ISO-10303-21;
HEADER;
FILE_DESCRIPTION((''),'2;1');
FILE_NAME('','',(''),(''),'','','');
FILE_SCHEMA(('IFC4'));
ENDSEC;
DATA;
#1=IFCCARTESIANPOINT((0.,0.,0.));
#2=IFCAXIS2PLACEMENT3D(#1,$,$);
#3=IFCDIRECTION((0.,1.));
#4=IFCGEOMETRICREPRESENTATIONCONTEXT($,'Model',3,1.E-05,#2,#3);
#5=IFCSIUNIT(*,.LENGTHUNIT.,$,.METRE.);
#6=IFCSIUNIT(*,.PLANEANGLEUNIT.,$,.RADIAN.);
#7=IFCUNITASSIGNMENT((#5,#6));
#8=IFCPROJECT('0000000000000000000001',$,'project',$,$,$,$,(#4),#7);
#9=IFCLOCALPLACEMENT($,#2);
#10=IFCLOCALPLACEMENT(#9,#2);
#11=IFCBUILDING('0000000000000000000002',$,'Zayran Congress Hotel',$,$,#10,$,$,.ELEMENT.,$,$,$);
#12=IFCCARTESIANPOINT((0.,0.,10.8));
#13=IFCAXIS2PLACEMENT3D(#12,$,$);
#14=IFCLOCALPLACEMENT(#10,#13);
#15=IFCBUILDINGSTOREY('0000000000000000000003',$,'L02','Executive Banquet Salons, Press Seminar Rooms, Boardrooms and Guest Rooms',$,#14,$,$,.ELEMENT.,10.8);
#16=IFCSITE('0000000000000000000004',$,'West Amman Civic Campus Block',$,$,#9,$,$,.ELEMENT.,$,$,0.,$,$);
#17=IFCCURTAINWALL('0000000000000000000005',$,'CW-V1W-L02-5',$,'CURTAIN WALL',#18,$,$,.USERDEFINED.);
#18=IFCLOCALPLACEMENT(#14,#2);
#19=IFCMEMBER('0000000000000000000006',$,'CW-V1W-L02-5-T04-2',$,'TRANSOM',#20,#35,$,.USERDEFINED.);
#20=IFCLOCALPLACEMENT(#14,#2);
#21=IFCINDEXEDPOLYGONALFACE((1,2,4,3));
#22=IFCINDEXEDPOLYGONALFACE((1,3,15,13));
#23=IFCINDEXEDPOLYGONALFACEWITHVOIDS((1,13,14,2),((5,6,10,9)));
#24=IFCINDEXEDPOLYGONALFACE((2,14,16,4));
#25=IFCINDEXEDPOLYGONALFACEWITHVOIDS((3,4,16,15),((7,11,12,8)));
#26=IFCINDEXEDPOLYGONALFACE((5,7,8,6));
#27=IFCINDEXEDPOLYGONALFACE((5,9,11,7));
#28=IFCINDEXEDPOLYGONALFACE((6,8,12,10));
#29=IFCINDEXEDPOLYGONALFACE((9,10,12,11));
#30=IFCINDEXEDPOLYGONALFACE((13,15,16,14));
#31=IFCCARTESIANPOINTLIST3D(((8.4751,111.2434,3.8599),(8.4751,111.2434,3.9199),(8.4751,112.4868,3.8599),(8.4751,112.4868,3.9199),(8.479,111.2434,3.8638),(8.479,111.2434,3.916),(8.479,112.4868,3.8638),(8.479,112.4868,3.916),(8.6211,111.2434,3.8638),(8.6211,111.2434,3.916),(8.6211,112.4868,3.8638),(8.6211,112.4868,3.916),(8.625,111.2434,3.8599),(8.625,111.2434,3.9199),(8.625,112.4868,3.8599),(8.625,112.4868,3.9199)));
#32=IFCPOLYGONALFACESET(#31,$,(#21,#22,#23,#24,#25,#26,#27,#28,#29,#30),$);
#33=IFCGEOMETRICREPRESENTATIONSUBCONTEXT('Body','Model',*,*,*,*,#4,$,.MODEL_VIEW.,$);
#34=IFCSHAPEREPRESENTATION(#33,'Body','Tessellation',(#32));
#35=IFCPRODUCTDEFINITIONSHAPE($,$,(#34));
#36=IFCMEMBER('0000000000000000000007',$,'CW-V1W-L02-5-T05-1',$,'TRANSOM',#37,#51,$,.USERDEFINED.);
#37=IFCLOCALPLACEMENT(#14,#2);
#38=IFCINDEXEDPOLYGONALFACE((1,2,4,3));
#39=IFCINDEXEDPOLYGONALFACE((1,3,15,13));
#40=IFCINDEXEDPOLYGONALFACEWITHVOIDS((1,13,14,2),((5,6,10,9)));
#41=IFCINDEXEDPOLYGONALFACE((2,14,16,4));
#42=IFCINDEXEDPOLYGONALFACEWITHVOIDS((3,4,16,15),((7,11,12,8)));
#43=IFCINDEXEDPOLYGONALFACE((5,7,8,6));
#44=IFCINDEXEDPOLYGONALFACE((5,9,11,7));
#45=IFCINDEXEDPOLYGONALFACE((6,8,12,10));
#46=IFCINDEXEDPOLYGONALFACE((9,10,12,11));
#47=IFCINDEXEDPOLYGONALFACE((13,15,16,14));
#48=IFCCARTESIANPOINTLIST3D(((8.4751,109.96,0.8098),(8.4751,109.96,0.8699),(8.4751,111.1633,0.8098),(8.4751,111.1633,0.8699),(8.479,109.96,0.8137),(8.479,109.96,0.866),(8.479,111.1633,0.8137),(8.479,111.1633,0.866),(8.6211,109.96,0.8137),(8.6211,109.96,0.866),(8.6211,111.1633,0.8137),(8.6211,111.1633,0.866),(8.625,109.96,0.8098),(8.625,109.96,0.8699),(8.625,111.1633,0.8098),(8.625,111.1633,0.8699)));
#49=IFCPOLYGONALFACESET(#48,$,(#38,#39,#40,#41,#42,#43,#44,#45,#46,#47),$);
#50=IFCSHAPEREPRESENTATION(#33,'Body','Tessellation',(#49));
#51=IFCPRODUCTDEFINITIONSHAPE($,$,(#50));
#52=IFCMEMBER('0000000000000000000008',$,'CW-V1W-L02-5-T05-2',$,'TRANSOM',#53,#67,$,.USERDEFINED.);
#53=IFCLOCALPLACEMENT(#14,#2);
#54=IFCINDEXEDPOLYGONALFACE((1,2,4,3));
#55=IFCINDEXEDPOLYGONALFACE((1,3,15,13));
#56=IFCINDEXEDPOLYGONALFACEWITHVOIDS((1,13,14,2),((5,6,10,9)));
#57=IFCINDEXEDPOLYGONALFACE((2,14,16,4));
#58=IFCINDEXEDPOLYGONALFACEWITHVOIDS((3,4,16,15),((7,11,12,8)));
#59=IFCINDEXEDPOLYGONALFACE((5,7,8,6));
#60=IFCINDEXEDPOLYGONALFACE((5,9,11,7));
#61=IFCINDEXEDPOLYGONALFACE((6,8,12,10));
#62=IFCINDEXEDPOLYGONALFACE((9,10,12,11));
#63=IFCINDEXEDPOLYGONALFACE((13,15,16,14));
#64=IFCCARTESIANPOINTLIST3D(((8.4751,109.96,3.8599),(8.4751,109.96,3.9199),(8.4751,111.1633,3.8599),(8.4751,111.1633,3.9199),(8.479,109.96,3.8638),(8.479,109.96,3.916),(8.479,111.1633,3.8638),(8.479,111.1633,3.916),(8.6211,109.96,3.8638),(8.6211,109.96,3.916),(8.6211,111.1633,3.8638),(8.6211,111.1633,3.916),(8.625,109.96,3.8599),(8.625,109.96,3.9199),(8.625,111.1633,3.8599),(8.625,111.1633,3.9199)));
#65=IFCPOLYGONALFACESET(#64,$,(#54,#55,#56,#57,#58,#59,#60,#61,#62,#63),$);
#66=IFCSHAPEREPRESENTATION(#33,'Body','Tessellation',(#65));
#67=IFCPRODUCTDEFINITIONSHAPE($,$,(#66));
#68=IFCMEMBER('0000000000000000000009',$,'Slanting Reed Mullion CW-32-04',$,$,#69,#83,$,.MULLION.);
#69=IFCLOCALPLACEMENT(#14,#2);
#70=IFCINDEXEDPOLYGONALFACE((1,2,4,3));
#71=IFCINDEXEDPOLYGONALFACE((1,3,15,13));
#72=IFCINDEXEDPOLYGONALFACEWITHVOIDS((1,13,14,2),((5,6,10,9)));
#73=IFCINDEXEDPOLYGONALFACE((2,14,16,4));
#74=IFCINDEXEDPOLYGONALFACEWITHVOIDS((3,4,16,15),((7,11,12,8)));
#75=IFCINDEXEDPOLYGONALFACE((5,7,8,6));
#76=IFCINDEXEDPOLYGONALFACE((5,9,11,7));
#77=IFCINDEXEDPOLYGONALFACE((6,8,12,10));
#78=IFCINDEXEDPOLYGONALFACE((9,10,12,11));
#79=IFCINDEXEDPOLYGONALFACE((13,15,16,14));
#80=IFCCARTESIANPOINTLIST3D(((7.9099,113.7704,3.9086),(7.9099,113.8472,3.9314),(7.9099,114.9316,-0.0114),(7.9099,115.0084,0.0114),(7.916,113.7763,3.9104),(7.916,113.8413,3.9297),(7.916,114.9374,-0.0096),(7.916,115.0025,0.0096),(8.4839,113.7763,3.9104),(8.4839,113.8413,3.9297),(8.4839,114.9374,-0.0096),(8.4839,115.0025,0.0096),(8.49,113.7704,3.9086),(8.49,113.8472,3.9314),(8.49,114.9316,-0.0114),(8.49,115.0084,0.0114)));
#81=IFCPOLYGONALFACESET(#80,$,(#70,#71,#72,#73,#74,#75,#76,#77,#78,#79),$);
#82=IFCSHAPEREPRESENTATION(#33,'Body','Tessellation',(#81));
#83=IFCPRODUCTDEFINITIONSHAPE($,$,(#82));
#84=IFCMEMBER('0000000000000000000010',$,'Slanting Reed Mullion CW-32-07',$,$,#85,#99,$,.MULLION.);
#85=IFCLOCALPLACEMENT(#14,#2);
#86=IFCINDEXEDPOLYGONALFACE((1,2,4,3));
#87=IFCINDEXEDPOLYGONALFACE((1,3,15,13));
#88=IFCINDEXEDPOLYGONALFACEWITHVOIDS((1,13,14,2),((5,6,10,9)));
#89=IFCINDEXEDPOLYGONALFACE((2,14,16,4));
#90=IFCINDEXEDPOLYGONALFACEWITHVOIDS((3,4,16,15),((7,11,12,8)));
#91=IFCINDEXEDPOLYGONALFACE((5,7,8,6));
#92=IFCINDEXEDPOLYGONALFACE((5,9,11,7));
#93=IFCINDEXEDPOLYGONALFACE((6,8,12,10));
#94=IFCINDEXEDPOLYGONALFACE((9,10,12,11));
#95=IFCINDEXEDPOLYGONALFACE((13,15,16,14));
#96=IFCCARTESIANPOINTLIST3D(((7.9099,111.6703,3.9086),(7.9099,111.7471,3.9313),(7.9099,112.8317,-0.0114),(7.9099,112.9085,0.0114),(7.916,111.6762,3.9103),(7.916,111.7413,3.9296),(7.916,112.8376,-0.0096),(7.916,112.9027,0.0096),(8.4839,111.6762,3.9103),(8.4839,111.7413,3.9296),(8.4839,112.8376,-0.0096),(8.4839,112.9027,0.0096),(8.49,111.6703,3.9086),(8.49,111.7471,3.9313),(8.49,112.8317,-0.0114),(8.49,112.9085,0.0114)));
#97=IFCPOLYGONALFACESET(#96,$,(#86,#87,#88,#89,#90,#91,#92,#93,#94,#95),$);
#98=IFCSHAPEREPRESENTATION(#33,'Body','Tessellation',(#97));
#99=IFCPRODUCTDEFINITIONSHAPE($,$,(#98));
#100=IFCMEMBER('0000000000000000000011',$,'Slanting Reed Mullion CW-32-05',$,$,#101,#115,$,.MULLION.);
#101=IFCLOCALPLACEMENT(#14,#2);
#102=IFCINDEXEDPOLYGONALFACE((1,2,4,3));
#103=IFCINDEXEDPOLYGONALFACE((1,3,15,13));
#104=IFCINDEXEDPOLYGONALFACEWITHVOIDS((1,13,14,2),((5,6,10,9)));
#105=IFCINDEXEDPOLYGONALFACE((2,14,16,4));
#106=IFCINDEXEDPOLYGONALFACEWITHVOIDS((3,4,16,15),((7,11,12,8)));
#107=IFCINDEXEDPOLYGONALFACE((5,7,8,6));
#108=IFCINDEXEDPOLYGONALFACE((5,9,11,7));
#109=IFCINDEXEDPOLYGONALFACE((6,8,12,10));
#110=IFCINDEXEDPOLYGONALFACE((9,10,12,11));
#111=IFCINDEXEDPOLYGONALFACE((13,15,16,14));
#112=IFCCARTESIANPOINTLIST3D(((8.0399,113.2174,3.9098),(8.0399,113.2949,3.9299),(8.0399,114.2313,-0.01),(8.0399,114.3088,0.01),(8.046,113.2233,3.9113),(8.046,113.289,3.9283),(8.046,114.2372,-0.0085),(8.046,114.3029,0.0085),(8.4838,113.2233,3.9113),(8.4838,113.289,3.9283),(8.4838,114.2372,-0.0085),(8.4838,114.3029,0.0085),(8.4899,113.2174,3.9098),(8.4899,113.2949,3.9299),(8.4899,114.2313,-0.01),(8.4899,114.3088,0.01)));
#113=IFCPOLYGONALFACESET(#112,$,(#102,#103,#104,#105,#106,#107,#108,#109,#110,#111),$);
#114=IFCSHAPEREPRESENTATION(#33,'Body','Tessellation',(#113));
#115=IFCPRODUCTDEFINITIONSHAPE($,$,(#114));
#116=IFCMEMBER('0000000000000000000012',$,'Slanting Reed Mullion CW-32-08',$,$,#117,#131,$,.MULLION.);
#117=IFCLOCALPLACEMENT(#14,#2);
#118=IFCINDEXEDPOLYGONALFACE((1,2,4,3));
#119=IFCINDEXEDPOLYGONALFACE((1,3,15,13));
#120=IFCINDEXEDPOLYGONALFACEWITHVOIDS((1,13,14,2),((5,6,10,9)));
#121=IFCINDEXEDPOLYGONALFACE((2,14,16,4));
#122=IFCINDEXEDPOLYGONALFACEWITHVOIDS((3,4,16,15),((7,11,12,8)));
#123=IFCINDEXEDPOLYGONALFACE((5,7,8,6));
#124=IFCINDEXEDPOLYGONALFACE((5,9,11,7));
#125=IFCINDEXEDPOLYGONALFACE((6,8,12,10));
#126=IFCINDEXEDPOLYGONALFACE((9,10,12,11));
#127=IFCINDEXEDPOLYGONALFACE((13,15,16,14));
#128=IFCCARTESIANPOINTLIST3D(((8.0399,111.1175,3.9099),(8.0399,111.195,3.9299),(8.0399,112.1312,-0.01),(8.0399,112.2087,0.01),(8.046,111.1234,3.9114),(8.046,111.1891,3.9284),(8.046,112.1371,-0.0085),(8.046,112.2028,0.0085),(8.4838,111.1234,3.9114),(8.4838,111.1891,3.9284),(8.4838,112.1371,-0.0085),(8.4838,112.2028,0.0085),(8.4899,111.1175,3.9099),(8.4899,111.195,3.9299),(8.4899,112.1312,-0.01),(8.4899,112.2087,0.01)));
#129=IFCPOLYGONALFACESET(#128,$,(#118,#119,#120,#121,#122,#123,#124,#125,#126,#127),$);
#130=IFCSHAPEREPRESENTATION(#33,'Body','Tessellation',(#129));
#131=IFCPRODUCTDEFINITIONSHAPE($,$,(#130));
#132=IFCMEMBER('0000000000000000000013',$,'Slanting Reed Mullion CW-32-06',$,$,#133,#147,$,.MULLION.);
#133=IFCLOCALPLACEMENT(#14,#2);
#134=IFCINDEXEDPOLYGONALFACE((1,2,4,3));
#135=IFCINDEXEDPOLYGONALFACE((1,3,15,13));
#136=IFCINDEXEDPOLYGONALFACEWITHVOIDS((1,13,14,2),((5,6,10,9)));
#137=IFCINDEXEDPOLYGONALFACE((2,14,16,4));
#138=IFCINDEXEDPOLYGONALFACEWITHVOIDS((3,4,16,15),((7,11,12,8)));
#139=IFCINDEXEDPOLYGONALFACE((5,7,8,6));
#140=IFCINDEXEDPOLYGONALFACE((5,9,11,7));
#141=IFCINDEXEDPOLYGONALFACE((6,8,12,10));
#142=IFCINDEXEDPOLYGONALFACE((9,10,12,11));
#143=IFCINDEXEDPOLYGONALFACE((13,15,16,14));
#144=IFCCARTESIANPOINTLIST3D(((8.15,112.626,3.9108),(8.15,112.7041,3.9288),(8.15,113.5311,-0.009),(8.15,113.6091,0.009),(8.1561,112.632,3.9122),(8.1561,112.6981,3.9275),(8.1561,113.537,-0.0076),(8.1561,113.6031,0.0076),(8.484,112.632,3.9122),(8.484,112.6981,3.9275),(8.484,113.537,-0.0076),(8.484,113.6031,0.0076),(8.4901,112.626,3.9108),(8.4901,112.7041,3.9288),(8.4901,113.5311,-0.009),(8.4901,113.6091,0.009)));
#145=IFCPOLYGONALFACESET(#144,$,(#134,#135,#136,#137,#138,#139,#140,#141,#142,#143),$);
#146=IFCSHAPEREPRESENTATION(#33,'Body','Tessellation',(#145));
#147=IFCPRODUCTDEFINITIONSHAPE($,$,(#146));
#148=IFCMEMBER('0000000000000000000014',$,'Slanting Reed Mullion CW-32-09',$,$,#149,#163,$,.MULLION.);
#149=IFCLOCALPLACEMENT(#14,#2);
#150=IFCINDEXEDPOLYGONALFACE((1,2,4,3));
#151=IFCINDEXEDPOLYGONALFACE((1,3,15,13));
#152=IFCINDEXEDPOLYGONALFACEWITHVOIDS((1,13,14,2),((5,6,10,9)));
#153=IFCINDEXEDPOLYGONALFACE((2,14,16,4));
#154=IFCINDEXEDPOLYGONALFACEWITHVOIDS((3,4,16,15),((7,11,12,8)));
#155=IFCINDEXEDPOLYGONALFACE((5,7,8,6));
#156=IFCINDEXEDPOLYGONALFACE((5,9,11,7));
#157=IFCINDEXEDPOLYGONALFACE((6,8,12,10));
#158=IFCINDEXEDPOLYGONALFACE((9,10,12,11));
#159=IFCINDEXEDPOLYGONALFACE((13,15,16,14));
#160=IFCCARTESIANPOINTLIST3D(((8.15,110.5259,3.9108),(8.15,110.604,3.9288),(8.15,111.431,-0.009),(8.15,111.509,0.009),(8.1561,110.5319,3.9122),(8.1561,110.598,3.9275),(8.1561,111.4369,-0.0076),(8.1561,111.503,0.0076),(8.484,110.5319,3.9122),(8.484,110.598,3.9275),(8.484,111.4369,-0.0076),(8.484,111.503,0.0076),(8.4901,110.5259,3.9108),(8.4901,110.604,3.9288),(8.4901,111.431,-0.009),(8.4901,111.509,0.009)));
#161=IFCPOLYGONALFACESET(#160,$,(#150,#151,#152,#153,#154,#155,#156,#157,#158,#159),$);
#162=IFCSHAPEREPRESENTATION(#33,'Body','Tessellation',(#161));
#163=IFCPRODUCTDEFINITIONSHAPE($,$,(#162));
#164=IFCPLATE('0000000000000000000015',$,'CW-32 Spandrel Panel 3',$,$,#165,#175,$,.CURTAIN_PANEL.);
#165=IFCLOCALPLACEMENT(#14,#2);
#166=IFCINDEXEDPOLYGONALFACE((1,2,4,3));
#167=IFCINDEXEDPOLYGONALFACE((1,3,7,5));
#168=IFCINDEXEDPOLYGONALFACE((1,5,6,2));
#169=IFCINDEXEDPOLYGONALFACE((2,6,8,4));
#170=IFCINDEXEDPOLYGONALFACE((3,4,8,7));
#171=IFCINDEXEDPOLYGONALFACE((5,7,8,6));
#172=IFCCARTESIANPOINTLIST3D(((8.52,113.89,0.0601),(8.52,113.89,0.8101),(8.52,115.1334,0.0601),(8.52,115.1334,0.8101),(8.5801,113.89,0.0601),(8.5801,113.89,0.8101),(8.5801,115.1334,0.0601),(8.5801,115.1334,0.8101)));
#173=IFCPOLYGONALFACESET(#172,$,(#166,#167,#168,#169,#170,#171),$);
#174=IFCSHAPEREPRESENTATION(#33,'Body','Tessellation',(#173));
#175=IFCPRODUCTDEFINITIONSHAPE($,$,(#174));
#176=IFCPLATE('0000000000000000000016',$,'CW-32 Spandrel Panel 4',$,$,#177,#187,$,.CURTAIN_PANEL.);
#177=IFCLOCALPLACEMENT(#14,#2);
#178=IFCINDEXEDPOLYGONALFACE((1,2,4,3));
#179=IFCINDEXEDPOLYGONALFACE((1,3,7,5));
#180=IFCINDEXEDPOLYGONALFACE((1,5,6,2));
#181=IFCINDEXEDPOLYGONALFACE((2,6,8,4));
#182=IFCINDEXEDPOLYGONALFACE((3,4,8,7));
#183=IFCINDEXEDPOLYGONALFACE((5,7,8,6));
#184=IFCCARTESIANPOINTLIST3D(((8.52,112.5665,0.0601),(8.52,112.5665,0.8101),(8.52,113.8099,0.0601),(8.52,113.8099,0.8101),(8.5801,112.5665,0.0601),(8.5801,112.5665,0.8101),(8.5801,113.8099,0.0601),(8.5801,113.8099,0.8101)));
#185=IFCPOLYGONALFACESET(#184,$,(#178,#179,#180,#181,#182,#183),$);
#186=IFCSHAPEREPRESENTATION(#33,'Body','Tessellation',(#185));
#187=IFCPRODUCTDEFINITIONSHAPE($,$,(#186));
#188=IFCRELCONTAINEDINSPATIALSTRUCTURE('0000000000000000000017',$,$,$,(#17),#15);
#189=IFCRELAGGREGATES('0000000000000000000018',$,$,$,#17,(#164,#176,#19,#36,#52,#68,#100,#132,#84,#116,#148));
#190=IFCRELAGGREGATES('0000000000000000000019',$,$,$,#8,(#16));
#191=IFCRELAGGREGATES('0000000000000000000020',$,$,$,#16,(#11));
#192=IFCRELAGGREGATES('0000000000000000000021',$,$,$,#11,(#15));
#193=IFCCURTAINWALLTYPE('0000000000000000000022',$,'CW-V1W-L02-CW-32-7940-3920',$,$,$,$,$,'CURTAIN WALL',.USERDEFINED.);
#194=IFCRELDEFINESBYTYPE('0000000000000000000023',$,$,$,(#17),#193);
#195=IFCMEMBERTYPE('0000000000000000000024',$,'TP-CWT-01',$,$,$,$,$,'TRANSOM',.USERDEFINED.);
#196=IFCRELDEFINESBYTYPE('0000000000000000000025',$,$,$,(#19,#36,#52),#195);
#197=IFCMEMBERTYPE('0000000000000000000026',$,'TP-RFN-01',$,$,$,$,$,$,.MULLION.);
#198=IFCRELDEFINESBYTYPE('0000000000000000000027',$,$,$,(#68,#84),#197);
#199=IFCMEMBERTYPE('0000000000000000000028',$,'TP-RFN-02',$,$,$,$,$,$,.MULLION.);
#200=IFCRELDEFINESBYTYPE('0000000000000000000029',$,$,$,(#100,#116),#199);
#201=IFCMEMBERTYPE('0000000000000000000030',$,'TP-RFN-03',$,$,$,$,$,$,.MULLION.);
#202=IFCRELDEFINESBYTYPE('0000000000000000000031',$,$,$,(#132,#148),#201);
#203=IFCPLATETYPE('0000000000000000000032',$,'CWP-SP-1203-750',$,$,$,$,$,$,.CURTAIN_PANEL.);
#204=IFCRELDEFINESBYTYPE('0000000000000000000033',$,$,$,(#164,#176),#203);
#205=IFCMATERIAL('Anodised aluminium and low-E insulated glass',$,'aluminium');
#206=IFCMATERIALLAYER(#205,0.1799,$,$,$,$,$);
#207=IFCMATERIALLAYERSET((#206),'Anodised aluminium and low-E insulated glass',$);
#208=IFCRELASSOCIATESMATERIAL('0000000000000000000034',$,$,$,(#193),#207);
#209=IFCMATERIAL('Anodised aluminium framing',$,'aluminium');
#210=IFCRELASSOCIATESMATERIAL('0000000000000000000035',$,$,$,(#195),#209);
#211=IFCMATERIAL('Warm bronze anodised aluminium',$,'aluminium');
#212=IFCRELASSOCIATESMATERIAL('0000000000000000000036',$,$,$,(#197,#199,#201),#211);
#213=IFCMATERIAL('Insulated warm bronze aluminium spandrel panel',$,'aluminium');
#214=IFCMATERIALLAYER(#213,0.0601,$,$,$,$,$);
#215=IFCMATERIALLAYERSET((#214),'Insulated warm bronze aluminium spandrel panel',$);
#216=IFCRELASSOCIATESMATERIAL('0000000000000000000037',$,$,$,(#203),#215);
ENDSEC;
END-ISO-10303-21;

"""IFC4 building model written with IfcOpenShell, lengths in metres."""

from ifc_helpers import new_model, si_unit, direction, frame, origin, origin_2d, place, context, subcontext, project, spatial, rectangle, hollow_rectangle, extrude, material, layer, layer_set, material_profile, profile_set, type_object, element, aggregate, save


model = new_model("IFC4")

# Units and contexts
model_context = context("Model", 3, precision=1e-05, world=origin(), true_north=direction((0.0, 1.0)))
body_context = subcontext(model_context, "Body", "Model", "MODEL_VIEW")
ifc_project = project(units=[si_unit("LENGTHUNIT", "METRE"), si_unit("PLANEANGLEUNIT", "RADIAN")], contexts=[model_context])

# Site, building, storey
site_placement = place(None, origin())
site = spatial("IfcSite", under=ifc_project, at=site_placement, Name="West Amman Civic Campus Block", CompositionType="ELEMENT", RefElevation=0.0)
building_placement = place(site_placement, origin())
building = spatial("IfcBuilding", under=site, at=building_placement, Name="Zayran Congress Hotel", CompositionType="ELEMENT")
storey_placement = place(building_placement, frame((0.0, 0.0, 10.8)))
storey = spatial("IfcBuildingStorey", under=building, at=storey_placement, Name="L02", Description="Executive Banquet Salons, Press Seminar Rooms, Boardrooms and Guest Rooms", CompositionType="ELEMENT", Elevation=10.8)

# Curtain wall, members, plates
ifc_material_1 = material(Name="Anodised aluminium and low-E insulated glass", Category="aluminium")
ifc_layer_1 = layer(ifc_material_1, 0.1799)
ifc_layer_set_1 = layer_set([ifc_layer_1], Name="Anodised aluminium and low-E insulated glass")
curtain_wall_type = type_object("IfcCurtainWallType", Name="CW-V1W-L02-CW-32-7940-3920", ElementType="CURTAIN WALL", PredefinedType="USERDEFINED", material=ifc_layer_set_1)
curtain_wall_placement = place(storey_placement, origin())
curtain_wall = element("IfcCurtainWall", 1, at=curtain_wall_placement, inside=storey, type_object=curtain_wall_type, Name="CW-V1W-L02-5", ObjectType="CURTAIN WALL", PredefinedType="USERDEFINED")
ifc_material_2 = material(Name="Anodised aluminium framing", Category="aluminium")
ifc_material_profile_1 = material_profile(ifc_material_2, hollow_rectangle(XDim=0.0601, YDim=0.1499, WallThickness=0.0039, at=origin_2d()), Name="RHS 150x60x4")
ifc_profile_set_1 = profile_set([ifc_material_profile_1], Name="Anodised aluminium framing")
member_type_1 = type_object("IfcMemberType", Name="TP-CWT-01", ElementType="TRANSOM", PredefinedType="USERDEFINED", material=ifc_profile_set_1)
member_1_placement = place(storey_placement, frame((8.55, 112.4868, 3.8899), z_axis=(0.0, -1.0, 0.0), x_axis=(0.0, 0.0, 1.0)))
member_1 = element("IfcMember", 2, at=member_1_placement, type_object=member_type_1, Name="CW-V1W-L02-5-T04-2", ObjectType="TRANSOM", PredefinedType="USERDEFINED", context=body_context, shape_type="SweptSolid", body=[
    extrude(hollow_rectangle(XDim=0.0601, YDim=0.1499, WallThickness=0.0039, at=origin_2d()), origin(), (0.0, 0.0, 1.0), 1.2434),
])
member_2_placement = place(storey_placement, frame((8.55, 111.1633, 0.8398), z_axis=(0.0, -1.0, 0.0), x_axis=(0.0, 0.0, 1.0)))
member_2 = element("IfcMember", 3, at=member_2_placement, type_object=member_type_1, Name="CW-V1W-L02-5-T05-1", ObjectType="TRANSOM", PredefinedType="USERDEFINED", context=body_context, shape_type="SweptSolid", body=[
    extrude(hollow_rectangle(XDim=0.0601, YDim=0.1499, WallThickness=0.0039, at=origin_2d()), origin(), (0.0, 0.0, 1.0), 1.2034),
])
member_3_placement = place(storey_placement, frame((8.55, 111.1633, 3.8899), z_axis=(0.0, -1.0, 0.0), x_axis=(0.0, 0.0, 1.0)))
member_3 = element("IfcMember", 4, at=member_3_placement, type_object=member_type_1, Name="CW-V1W-L02-5-T05-2", ObjectType="TRANSOM", PredefinedType="USERDEFINED", context=body_context, shape_type="SweptSolid", body=[
    extrude(hollow_rectangle(XDim=0.0601, YDim=0.1499, WallThickness=0.0039, at=origin_2d()), origin(), (0.0, 0.0, 1.0), 1.2034),
])
ifc_material_3 = material(Name="Warm bronze anodised aluminium", Category="aluminium")
ifc_material_profile_2 = material_profile(ifc_material_3, hollow_rectangle(XDim=0.0801, YDim=0.5801, WallThickness=0.0061, at=origin_2d()), Name="RHS 580x80x6")
ifc_profile_set_2 = profile_set([ifc_material_profile_2], Name="Warm bronze anodised aluminium")
member_type_2 = type_object("IfcMemberType", Name="TP-RFN-01", PredefinedType="MULLION", material=ifc_profile_set_2)
member_4_placement = place(storey_placement, frame((8.2, 114.97, 0.0), z_axis=(0.0, -0.284015, 0.95882), x_axis=(0.0, 0.95882, 0.284015)))
member_4 = element("IfcMember", 5, at=member_4_placement, type_object=member_type_2, Name="Slanting Reed Mullion CW-32-04", PredefinedType="MULLION", context=body_context, shape_type="SweptSolid", body=[
    extrude(hollow_rectangle(XDim=0.0801, YDim=0.5801, WallThickness=0.0061, at=origin_2d()), origin(), (0.0, 0.0, 1.0), 4.0884),
])
member_5_placement = place(storey_placement, frame((8.2, 112.8701, 0.0), z_axis=(0.0, -0.28407, 0.958804), x_axis=(0.0, 0.958804, 0.28407)))
member_5 = element("IfcMember", 6, at=member_5_placement, type_object=member_type_2, Name="Slanting Reed Mullion CW-32-07", PredefinedType="MULLION", context=body_context, shape_type="SweptSolid", body=[
    extrude(hollow_rectangle(XDim=0.0801, YDim=0.5801, WallThickness=0.0061, at=origin_2d()), origin(), (0.0, 0.0, 1.0), 4.0884),
])
ifc_material_profile_3 = material_profile(ifc_material_3, hollow_rectangle(XDim=0.0801, YDim=0.45, WallThickness=0.0061, at=origin_2d()), Name="RHS 450x80x6")
ifc_profile_set_3 = profile_set([ifc_material_profile_3], Name="Warm bronze anodised aluminium")
member_type_3 = type_object("IfcMemberType", Name="TP-RFN-02", PredefinedType="MULLION", material=ifc_profile_set_3)
member_6_placement = place(storey_placement, frame((8.2649, 114.27, 0.0), z_axis=(0.0, -0.250416, 0.968138), x_axis=(0.0, 0.968138, 0.250416)))
member_6 = element("IfcMember", 7, at=member_6_placement, type_object=member_type_3, Name="Slanting Reed Mullion CW-32-05", PredefinedType="MULLION", context=body_context, shape_type="SweptSolid", body=[
    extrude(hollow_rectangle(XDim=0.0801, YDim=0.45, WallThickness=0.0061, at=origin_2d()), origin(), (0.0, 0.0, 1.0), 4.0488),
])
member_7_placement = place(storey_placement, frame((8.2649, 112.1699, 0.0), z_axis=(0.0, -0.250359, 0.968153), x_axis=(0.0, 0.968153, 0.250359)))
member_7 = element("IfcMember", 8, at=member_7_placement, type_object=member_type_3, Name="Slanting Reed Mullion CW-32-08", PredefinedType="MULLION", context=body_context, shape_type="SweptSolid", body=[
    extrude(hollow_rectangle(XDim=0.0801, YDim=0.45, WallThickness=0.0061, at=origin_2d()), origin(), (0.0, 0.0, 1.0), 4.0488),
])
ifc_material_profile_4 = material_profile(ifc_material_3, hollow_rectangle(XDim=0.0801, YDim=0.3401, WallThickness=0.0061, at=origin_2d()), Name="RHS 340x80x6")
ifc_profile_set_4 = profile_set([ifc_material_profile_4], Name="Warm bronze anodised aluminium")
member_type_4 = type_object("IfcMemberType", Name="TP-RFN-03", PredefinedType="MULLION", material=ifc_profile_set_4)
member_8_placement = place(storey_placement, frame((8.3201, 113.5701, 0.0), z_axis=(0.0, -0.224961, 0.974368), x_axis=(0.0, 0.974368, 0.224961)))
member_8 = element("IfcMember", 9, at=member_8_placement, type_object=member_type_4, Name="Slanting Reed Mullion CW-32-06", PredefinedType="MULLION", context=body_context, shape_type="SweptSolid", body=[
    extrude(hollow_rectangle(XDim=0.0801, YDim=0.3401, WallThickness=0.0061, at=origin_2d()), origin(), (0.0, 0.0, 1.0), 4.0229),
])
member_9_placement = place(storey_placement, frame((8.3201, 111.47, 0.0), z_axis=(0.0, -0.224961, 0.974368), x_axis=(0.0, 0.974368, 0.224961)))
member_9 = element("IfcMember", 10, at=member_9_placement, type_object=member_type_4, Name="Slanting Reed Mullion CW-32-09", PredefinedType="MULLION", context=body_context, shape_type="SweptSolid", body=[
    extrude(hollow_rectangle(XDim=0.0801, YDim=0.3401, WallThickness=0.0061, at=origin_2d()), origin(), (0.0, 0.0, 1.0), 4.0229),
])
ifc_material_4 = material(Name="Insulated warm bronze aluminium spandrel panel", Category="aluminium")
ifc_layer_2 = layer(ifc_material_4, 0.0601)
ifc_layer_set_2 = layer_set([ifc_layer_2], Name="Insulated warm bronze aluminium spandrel panel")
plate_type_1 = type_object("IfcPlateType", Name="CWP-SP-1203-750", PredefinedType="CURTAIN_PANEL", material=ifc_layer_set_2)
plate_1_placement = place(storey_placement, frame((8.55, 114.5117, 0.0601), z_axis=(0.0, 0.0, 1.0), x_axis=(0.0, 1.0, 0.0)))
plate_1 = element("IfcPlate", 11, at=plate_1_placement, type_object=plate_type_1, Name="CW-32 Spandrel Panel 3", PredefinedType="CURTAIN_PANEL", context=body_context, shape_type="SweptSolid", body=[
    extrude(rectangle(XDim=1.2434, YDim=0.0601, at=origin_2d()), origin(), (0.0, 0.0, 1.0), 0.75),
])
plate_2_placement = place(storey_placement, frame((8.55, 113.1882, 0.0601), z_axis=(0.0, 0.0, 1.0), x_axis=(0.0, 1.0, 0.0)))
plate_2 = element("IfcPlate", 12, at=plate_2_placement, type_object=plate_type_1, Name="CW-32 Spandrel Panel 4", PredefinedType="CURTAIN_PANEL", context=body_context, shape_type="SweptSolid", body=[
    extrude(rectangle(XDim=1.2434, YDim=0.0601, at=origin_2d()), origin(), (0.0, 0.0, 1.0), 0.75),
])
aggregate(curtain_wall, [plate_1, plate_2, member_1, member_2, member_3, member_4, member_6, member_8, member_5, member_7, member_9])

save(model, "model.ifc")
